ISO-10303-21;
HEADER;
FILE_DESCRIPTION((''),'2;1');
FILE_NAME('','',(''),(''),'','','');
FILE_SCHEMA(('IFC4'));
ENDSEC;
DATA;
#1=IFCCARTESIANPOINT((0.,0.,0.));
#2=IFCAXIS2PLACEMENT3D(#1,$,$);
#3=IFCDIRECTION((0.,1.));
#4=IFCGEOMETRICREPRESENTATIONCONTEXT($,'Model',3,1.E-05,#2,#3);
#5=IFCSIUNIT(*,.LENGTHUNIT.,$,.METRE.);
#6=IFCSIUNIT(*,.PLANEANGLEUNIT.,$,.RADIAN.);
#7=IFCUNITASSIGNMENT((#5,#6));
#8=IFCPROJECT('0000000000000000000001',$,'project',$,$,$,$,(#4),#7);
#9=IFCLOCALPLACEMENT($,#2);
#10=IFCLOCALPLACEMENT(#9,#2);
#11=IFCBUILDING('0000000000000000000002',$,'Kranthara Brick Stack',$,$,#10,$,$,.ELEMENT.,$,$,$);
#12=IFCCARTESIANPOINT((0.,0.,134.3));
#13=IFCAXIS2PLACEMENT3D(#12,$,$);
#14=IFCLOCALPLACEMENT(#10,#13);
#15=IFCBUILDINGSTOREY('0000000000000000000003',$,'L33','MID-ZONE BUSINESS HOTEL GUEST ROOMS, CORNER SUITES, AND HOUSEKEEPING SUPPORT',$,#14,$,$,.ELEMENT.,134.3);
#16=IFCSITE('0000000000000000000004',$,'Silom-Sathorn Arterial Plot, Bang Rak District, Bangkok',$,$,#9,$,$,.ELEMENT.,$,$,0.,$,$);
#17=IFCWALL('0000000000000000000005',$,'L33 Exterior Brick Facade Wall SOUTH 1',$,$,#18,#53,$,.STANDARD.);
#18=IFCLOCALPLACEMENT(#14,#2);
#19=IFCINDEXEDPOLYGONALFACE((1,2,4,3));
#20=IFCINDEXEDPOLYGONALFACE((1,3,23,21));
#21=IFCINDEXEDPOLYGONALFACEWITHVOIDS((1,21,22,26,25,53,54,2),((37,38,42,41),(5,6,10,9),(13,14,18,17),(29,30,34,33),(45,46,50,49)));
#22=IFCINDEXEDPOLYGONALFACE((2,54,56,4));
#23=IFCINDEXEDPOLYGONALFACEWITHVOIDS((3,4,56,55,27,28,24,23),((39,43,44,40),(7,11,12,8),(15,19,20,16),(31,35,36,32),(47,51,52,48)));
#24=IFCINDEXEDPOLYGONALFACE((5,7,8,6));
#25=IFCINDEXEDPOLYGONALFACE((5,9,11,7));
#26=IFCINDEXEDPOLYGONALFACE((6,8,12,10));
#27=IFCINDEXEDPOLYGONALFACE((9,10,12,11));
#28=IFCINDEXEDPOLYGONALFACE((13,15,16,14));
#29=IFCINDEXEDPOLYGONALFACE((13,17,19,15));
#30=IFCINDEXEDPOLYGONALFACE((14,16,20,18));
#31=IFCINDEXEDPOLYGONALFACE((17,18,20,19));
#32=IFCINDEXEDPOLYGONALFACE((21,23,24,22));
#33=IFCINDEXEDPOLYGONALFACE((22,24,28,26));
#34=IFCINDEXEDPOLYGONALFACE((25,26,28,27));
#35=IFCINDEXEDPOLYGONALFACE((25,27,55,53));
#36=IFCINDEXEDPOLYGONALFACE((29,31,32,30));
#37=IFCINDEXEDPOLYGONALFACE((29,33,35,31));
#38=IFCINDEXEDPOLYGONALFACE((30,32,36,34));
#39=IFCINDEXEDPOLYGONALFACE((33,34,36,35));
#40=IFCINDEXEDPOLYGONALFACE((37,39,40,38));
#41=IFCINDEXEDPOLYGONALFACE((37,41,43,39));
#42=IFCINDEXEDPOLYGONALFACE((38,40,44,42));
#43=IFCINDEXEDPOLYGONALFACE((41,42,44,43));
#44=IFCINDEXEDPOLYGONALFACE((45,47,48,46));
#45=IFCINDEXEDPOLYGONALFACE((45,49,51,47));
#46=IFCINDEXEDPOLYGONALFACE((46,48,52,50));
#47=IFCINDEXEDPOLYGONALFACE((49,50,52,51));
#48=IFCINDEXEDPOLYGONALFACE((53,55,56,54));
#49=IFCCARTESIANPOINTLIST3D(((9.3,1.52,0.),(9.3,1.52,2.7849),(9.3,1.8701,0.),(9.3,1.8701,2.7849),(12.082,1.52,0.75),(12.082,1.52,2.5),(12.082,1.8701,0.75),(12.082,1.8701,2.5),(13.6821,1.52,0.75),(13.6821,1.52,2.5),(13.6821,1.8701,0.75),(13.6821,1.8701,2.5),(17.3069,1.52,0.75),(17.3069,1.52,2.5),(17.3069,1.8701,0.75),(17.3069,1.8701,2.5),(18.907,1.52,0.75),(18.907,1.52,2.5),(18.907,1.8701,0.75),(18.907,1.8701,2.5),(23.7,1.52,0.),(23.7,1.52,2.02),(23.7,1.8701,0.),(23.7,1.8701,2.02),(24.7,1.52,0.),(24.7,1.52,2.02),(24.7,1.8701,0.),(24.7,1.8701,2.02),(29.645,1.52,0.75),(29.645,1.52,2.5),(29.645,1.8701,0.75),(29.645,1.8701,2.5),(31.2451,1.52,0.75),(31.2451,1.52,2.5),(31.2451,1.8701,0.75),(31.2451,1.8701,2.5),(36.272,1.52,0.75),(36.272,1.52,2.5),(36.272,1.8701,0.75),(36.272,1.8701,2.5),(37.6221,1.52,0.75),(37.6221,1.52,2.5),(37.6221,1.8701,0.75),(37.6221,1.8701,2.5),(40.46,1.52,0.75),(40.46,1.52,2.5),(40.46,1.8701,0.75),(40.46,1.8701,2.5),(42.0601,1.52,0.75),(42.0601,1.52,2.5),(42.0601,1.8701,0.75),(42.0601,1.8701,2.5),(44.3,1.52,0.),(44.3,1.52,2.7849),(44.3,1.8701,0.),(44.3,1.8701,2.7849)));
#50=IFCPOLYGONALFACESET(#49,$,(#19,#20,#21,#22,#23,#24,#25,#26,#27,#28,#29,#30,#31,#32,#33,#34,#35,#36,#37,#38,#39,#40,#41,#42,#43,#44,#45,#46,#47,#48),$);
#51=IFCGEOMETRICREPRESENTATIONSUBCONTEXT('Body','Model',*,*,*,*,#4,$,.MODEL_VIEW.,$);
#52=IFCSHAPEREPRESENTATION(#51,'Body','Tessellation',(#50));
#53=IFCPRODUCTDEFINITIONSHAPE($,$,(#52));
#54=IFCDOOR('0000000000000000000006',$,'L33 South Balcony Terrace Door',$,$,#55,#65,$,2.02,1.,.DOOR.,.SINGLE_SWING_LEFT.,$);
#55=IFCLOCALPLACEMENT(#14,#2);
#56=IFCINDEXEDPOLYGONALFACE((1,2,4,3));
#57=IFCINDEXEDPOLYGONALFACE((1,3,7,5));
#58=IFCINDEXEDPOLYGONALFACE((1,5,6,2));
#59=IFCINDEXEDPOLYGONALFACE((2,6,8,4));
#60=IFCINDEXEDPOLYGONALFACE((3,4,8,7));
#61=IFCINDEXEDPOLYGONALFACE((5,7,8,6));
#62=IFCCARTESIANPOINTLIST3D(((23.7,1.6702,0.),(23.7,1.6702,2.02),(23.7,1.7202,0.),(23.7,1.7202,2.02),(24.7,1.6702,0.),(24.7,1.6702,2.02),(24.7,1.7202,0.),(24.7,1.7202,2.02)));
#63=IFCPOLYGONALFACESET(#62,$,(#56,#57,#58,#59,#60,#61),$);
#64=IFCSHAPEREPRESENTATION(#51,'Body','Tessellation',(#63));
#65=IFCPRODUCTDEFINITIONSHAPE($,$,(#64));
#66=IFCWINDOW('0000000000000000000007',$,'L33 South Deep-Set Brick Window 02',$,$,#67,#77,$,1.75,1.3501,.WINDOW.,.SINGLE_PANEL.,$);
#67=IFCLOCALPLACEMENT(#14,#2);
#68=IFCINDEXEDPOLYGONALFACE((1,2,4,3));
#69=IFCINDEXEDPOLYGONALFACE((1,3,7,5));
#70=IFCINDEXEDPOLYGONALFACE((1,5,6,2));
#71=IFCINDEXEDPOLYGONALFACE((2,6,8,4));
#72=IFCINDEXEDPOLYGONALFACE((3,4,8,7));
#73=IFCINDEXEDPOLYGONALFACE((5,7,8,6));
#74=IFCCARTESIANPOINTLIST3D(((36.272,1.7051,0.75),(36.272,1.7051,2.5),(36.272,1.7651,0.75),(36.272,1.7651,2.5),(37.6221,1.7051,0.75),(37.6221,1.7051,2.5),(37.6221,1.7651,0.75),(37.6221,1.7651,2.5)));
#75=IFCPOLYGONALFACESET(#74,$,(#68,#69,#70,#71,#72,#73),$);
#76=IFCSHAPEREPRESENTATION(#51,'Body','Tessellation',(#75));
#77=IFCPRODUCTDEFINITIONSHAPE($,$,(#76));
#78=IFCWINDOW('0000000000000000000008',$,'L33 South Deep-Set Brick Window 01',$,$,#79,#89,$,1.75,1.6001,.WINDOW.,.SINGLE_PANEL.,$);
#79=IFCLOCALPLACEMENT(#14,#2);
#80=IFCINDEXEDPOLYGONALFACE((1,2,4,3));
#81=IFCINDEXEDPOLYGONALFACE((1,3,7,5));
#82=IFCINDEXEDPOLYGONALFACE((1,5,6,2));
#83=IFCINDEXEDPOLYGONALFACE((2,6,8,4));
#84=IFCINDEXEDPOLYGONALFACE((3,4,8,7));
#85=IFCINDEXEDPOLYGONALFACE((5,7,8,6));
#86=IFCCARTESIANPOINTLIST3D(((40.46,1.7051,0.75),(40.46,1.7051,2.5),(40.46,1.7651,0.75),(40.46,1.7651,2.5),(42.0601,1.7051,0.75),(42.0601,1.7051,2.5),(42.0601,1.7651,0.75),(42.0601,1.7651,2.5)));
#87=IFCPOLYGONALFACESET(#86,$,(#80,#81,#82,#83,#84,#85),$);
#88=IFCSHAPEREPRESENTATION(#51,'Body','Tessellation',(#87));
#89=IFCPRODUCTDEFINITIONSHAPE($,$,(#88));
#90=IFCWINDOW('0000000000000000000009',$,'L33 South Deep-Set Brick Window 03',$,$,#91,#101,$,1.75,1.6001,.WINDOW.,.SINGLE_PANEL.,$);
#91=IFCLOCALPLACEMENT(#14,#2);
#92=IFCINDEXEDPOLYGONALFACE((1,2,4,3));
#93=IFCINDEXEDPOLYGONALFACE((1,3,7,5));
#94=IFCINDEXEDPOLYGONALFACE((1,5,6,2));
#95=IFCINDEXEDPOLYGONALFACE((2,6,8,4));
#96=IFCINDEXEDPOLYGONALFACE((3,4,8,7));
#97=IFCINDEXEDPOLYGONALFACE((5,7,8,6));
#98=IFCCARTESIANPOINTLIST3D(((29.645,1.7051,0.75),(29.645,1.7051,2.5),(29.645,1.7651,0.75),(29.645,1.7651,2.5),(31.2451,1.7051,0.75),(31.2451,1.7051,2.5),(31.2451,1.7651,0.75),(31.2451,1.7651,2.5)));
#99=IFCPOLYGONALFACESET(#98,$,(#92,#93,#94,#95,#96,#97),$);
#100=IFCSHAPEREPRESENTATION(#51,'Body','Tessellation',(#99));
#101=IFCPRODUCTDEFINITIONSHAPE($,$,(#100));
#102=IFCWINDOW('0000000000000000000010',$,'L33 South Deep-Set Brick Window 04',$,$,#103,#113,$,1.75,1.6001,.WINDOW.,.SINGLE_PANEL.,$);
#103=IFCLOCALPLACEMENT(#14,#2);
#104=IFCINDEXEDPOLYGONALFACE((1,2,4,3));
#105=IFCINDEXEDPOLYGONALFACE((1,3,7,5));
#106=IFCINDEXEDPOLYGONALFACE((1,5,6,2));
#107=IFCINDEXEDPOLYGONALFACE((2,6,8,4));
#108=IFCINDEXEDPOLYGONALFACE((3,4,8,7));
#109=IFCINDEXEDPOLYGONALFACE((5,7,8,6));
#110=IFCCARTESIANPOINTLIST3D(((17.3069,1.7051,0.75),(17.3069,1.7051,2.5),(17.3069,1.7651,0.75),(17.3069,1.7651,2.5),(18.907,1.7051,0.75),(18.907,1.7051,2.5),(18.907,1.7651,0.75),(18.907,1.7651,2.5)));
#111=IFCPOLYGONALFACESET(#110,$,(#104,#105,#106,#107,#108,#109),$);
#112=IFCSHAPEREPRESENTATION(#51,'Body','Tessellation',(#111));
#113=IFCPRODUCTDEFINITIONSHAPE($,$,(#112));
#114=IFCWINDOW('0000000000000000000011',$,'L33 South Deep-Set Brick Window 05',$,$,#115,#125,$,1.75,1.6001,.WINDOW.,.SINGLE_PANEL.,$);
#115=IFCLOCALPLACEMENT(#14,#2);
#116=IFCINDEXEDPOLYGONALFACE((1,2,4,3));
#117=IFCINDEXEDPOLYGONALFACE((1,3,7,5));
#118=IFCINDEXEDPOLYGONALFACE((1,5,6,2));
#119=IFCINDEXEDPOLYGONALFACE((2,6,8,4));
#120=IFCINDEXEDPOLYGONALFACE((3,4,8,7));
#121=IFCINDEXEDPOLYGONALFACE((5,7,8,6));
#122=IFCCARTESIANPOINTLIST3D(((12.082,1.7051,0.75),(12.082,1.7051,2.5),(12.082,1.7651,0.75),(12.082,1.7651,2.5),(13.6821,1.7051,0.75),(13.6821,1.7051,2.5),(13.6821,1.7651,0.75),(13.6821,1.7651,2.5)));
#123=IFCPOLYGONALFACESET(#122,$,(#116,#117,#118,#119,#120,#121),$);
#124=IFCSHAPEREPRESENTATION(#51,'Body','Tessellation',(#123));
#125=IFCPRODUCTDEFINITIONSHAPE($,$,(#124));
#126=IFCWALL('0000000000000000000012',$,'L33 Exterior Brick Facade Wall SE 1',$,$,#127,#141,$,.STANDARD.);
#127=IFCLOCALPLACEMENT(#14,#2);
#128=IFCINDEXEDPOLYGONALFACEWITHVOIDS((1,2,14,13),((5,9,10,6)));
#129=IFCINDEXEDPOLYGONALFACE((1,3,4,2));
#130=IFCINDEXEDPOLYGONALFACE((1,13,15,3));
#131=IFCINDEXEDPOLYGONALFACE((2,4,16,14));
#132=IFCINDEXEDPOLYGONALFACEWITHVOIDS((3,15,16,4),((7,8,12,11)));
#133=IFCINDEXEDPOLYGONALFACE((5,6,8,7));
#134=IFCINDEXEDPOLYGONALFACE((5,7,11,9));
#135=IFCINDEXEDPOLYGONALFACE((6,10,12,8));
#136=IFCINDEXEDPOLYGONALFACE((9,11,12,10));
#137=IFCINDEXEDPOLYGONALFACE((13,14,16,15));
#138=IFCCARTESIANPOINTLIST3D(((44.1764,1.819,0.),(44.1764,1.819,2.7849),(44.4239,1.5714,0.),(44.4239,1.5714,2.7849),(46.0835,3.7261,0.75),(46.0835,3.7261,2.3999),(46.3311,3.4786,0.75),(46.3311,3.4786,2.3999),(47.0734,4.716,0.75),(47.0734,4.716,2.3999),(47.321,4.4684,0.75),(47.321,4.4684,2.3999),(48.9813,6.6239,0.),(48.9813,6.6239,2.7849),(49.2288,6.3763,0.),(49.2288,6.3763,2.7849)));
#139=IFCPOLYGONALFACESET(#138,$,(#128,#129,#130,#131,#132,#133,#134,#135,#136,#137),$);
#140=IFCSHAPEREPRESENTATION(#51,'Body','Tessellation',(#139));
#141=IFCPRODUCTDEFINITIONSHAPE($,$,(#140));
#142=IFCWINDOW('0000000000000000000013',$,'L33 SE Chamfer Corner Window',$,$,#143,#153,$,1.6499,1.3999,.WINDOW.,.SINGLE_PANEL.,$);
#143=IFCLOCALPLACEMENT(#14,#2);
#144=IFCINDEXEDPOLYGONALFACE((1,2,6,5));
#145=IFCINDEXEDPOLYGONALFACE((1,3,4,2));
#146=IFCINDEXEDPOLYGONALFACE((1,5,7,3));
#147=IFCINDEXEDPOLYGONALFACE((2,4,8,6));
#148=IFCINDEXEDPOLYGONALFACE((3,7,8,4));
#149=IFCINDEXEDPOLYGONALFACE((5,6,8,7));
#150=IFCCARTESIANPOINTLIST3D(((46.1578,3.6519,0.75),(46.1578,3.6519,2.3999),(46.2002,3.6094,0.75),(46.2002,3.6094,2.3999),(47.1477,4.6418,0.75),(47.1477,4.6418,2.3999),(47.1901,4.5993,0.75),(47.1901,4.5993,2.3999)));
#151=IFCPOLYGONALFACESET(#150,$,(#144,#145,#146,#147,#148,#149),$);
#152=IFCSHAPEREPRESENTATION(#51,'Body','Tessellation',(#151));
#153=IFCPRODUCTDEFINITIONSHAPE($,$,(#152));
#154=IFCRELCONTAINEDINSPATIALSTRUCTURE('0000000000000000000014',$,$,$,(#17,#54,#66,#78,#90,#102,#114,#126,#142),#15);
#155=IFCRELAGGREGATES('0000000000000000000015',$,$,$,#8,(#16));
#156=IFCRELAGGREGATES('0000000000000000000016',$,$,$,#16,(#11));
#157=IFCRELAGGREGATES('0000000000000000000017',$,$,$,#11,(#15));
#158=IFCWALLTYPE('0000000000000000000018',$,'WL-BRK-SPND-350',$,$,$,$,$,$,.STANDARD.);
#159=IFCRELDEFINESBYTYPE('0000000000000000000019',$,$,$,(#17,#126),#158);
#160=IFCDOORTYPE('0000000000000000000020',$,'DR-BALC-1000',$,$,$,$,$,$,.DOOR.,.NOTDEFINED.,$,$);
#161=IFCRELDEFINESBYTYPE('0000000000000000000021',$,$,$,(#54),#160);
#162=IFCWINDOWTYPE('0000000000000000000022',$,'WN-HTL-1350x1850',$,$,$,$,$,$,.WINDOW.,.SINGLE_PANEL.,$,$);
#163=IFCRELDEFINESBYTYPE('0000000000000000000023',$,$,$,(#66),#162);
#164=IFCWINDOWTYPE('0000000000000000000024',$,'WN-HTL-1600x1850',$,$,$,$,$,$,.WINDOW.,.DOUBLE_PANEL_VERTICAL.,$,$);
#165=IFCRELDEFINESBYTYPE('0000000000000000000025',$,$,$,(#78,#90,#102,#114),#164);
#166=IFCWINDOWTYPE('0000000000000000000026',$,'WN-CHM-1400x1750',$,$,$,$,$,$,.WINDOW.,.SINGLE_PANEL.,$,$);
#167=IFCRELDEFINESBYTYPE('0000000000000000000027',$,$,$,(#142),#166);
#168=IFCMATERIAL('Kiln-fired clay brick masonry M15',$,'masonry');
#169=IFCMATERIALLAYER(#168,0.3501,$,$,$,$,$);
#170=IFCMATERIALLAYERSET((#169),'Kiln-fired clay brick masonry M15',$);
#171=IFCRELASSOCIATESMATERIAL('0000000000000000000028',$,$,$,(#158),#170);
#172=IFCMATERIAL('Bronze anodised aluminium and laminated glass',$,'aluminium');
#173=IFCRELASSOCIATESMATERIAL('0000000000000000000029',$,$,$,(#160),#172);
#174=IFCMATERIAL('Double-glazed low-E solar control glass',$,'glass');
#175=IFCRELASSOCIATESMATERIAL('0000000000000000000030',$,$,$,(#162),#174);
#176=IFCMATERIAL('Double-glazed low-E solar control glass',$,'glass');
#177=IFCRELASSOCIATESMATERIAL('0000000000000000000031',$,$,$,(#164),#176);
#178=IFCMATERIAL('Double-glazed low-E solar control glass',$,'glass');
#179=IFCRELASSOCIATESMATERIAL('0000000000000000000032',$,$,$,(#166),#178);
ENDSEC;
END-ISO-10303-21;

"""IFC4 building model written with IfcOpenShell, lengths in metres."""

from ifc_helpers import new_model, si_unit, direction, frame, frame_2d, origin, place, context, subcontext, project, spatial, rectangle, extrude, material, layer, layer_set, type_object, element, fill, save


model = new_model("IFC4")

# Units and contexts
model_context = context("Model", 3, precision=1e-05, world=origin(), true_north=direction((0.0, 1.0)))
body_context = subcontext(model_context, "Body", "Model", "MODEL_VIEW")
ifc_project = project(units=[si_unit("LENGTHUNIT", "METRE"), si_unit("PLANEANGLEUNIT", "RADIAN")], contexts=[model_context])

# Site, building, storey
site_placement = place(None, origin())
site = spatial("IfcSite", under=ifc_project, at=site_placement, Name="Silom-Sathorn Arterial Plot, Bang Rak District, Bangkok", CompositionType="ELEMENT", RefElevation=0.0)
building_placement = place(site_placement, origin())
building = spatial("IfcBuilding", under=site, at=building_placement, Name="Kranthara Brick Stack", CompositionType="ELEMENT")
storey_placement = place(building_placement, frame((0.0, 0.0, 134.3)))
storey = spatial("IfcBuildingStorey", under=building, at=storey_placement, Name="L33", Description="MID-ZONE BUSINESS HOTEL GUEST ROOMS, CORNER SUITES, AND HOUSEKEEPING SUPPORT", CompositionType="ELEMENT", Elevation=134.3)

# Wall, openings, door, windows
ifc_material_1 = material(Name="Kiln-fired clay brick masonry M15", Category="masonry")
ifc_layer_1 = layer(ifc_material_1, 0.3501)
ifc_layer_set_1 = layer_set([ifc_layer_1], Name="Kiln-fired clay brick masonry M15")
wall_type_1 = type_object("IfcWallType", Name="WL-BRK-SPND-350", PredefinedType="STANDARD", material=ifc_layer_set_1)
wall_1_placement = place(storey_placement, frame((44.3, 1.6951, 0.0), z_axis=(0.0, 0.0, 1.0), x_axis=(-1.0, 0.0, 0.0)))
wall_1 = element("IfcWall", 1, at=wall_1_placement, inside=storey, type_object=wall_type_1, Name="L33 Exterior Brick Facade Wall SOUTH 1", PredefinedType="STANDARD", context=body_context, shape_type="SweptSolid", body=[
    extrude(rectangle(XDim=35.0, YDim=0.3501, at=frame_2d((17.5, 0.0))), origin(), (0.0, 0.0, 1.0), 2.7849),
])
opening_1_placement = place(wall_1_placement, frame((19.6001, 0.0, 0.0)))
opening_1 = element("IfcOpeningElement", 2, at=opening_1_placement, cuts=wall_1, PredefinedType="OPENING", context=body_context, shape_type="SweptSolid", body=[
    extrude(rectangle(XDim=1.0, YDim=2.02, at=frame_2d((0.5, 1.01))), frame((0.0, 0.1851, 0.0), z_axis=(0.0, -1.0, 0.0), x_axis=(1.0, 0.0, 0.0)), (0.0, 0.0, 1.0), 0.3701),
])
opening_2_placement = place(wall_1_placement, frame((2.24, 0.0, 0.75)))
opening_2 = element("IfcOpeningElement", 3, at=opening_2_placement, cuts=wall_1, PredefinedType="OPENING", context=body_context, shape_type="SweptSolid", body=[
    extrude(rectangle(XDim=1.6001, YDim=1.75, at=frame_2d((0.8, 0.875))), frame((0.0, 0.1851, 0.0), z_axis=(0.0, -1.0, 0.0), x_axis=(1.0, 0.0, 0.0)), (0.0, 0.0, 1.0), 0.3701),
])
opening_3_placement = place(wall_1_placement, frame((6.678, 0.0, 0.75)))
opening_3 = element("IfcOpeningElement", 4, at=opening_3_placement, cuts=wall_1, PredefinedType="OPENING", context=body_context, shape_type="SweptSolid", body=[
    extrude(rectangle(XDim=1.3501, YDim=1.75, at=frame_2d((0.675, 0.875))), frame((0.0, 0.1851, 0.0), z_axis=(0.0, -1.0, 0.0), x_axis=(1.0, 0.0, 0.0)), (0.0, 0.0, 1.0), 0.3701),
])
opening_4_placement = place(wall_1_placement, frame((13.0549, 0.0, 0.75)))
opening_4 = element("IfcOpeningElement", 5, at=opening_4_placement, cuts=wall_1, PredefinedType="OPENING", context=body_context, shape_type="SweptSolid", body=[
    extrude(rectangle(XDim=1.6001, YDim=1.75, at=frame_2d((0.8, 0.875))), frame((0.0, 0.1851, 0.0), z_axis=(0.0, -1.0, 0.0), x_axis=(1.0, 0.0, 0.0)), (0.0, 0.0, 1.0), 0.3701),
])
opening_5_placement = place(wall_1_placement, frame((25.3931, 0.0, 0.75)))
opening_5 = element("IfcOpeningElement", 6, at=opening_5_placement, cuts=wall_1, PredefinedType="OPENING", context=body_context, shape_type="SweptSolid", body=[
    extrude(rectangle(XDim=1.6001, YDim=1.75, at=frame_2d((0.8, 0.875))), frame((0.0, 0.1851, 0.0), z_axis=(0.0, -1.0, 0.0), x_axis=(1.0, 0.0, 0.0)), (0.0, 0.0, 1.0), 0.3701),
])
opening_6_placement = place(wall_1_placement, frame((30.6179, 0.0, 0.75)))
opening_6 = element("IfcOpeningElement", 7, at=opening_6_placement, cuts=wall_1, PredefinedType="OPENING", context=body_context, shape_type="SweptSolid", body=[
    extrude(rectangle(XDim=1.6001, YDim=1.75, at=frame_2d((0.8, 0.875))), frame((0.0, 0.1851, 0.0), z_axis=(0.0, -1.0, 0.0), x_axis=(1.0, 0.0, 0.0)), (0.0, 0.0, 1.0), 0.3701),
])
ifc_material_2 = material(Name="Bronze anodised aluminium and laminated glass", Category="aluminium")
door_type_1 = type_object("IfcDoorType", Name="DR-BALC-1000", OperationType="NOTDEFINED", PredefinedType="DOOR", material=ifc_material_2)
door_1_placement = place(opening_1_placement, origin())
door_1 = element("IfcDoor", 8, at=door_1_placement, inside=storey, type_object=door_type_1, Name="L33 South Balcony Terrace Door", OperationType="SINGLE_SWING_LEFT", OverallHeight=2.02, OverallWidth=1.0, PredefinedType="DOOR", context=body_context, shape_type="SweptSolid", body=[
    extrude(rectangle(XDim=1.0, YDim=2.02, at=frame_2d((0.5, 1.01))), frame((0.0, 0.0249, 0.0), z_axis=(0.0, -1.0, 0.0), x_axis=(1.0, 0.0, 0.0)), (0.0, 0.0, 1.0), 0.05),
])
fill(opening_1, door_1)
ifc_material_3 = material(Name="Double-glazed low-E solar control glass", Category="glass")
window_type_1 = type_object("IfcWindowType", Name="WN-HTL-1350x1850", PartitioningType="SINGLE_PANEL", PredefinedType="WINDOW", material=ifc_material_3)
window_1_placement = place(opening_3_placement, origin())
window_1 = element("IfcWindow", 9, at=window_1_placement, inside=storey, type_object=window_type_1, Name="L33 South Deep-Set Brick Window 02", OverallHeight=1.75, OverallWidth=1.3501, PartitioningType="SINGLE_PANEL", PredefinedType="WINDOW", context=body_context, shape_type="SweptSolid", body=[
    extrude(rectangle(XDim=1.3501, YDim=1.75, at=frame_2d((0.675, 0.875))), frame((0.0, -0.01, 0.0), z_axis=(0.0, -1.0, 0.0), x_axis=(1.0, 0.0, 0.0)), (0.0, 0.0, 1.0), 0.0601),
])
fill(opening_3, window_1)
ifc_material_4 = material(Name="Double-glazed low-E solar control glass", Category="glass")
window_type_2 = type_object("IfcWindowType", Name="WN-HTL-1600x1850", PartitioningType="DOUBLE_PANEL_VERTICAL", PredefinedType="WINDOW", material=ifc_material_4)
window_2_placement = place(opening_2_placement, origin())
window_2 = element("IfcWindow", 10, at=window_2_placement, inside=storey, type_object=window_type_2, Name="L33 South Deep-Set Brick Window 01", OverallHeight=1.75, OverallWidth=1.6001, PartitioningType="SINGLE_PANEL", PredefinedType="WINDOW", context=body_context, shape_type="SweptSolid", body=[
    extrude(rectangle(XDim=1.6001, YDim=1.75, at=frame_2d((0.8, 0.875))), frame((0.0, -0.01, 0.0), z_axis=(0.0, -1.0, 0.0), x_axis=(1.0, 0.0, 0.0)), (0.0, 0.0, 1.0), 0.0601),
])
fill(opening_2, window_2)
window_3_placement = place(opening_4_placement, origin())
window_3 = element("IfcWindow", 11, at=window_3_placement, inside=storey, type_object=window_type_2, Name="L33 South Deep-Set Brick Window 03", OverallHeight=1.75, OverallWidth=1.6001, PartitioningType="SINGLE_PANEL", PredefinedType="WINDOW", context=body_context, shape_type="SweptSolid", body=[
    extrude(rectangle(XDim=1.6001, YDim=1.75, at=frame_2d((0.8, 0.875))), frame((0.0, -0.01, 0.0), z_axis=(0.0, -1.0, 0.0), x_axis=(1.0, 0.0, 0.0)), (0.0, 0.0, 1.0), 0.0601),
])
fill(opening_4, window_3)
window_4_placement = place(opening_5_placement, origin())
window_4 = element("IfcWindow", 12, at=window_4_placement, inside=storey, type_object=window_type_2, Name="L33 South Deep-Set Brick Window 04", OverallHeight=1.75, OverallWidth=1.6001, PartitioningType="SINGLE_PANEL", PredefinedType="WINDOW", context=body_context, shape_type="SweptSolid", body=[
    extrude(rectangle(XDim=1.6001, YDim=1.75, at=frame_2d((0.8, 0.875))), frame((0.0, -0.01, 0.0), z_axis=(0.0, -1.0, 0.0), x_axis=(1.0, 0.0, 0.0)), (0.0, 0.0, 1.0), 0.0601),
])
fill(opening_5, window_4)
window_5_placement = place(opening_6_placement, origin())
window_5 = element("IfcWindow", 13, at=window_5_placement, inside=storey, type_object=window_type_2, Name="L33 South Deep-Set Brick Window 05", OverallHeight=1.75, OverallWidth=1.6001, PartitioningType="SINGLE_PANEL", PredefinedType="WINDOW", context=body_context, shape_type="SweptSolid", body=[
    extrude(rectangle(XDim=1.6001, YDim=1.75, at=frame_2d((0.8, 0.875))), frame((0.0, -0.01, 0.0), z_axis=(0.0, -1.0, 0.0), x_axis=(1.0, 0.0, 0.0)), (0.0, 0.0, 1.0), 0.0601),
])
fill(opening_6, window_5)

# Wall, opening, window
wall_2_placement = place(storey_placement, frame((49.105, 6.5, 0.0), z_axis=(0.0, 0.0, 1.0), x_axis=(-0.707107, -0.707107, 0.0)))
wall_2 = element("IfcWall", 14, at=wall_2_placement, inside=storey, type_object=wall_type_1, Name="L33 Exterior Brick Facade Wall SE 1", PredefinedType="STANDARD", context=body_context, shape_type="SweptSolid", body=[
    extrude(rectangle(XDim=6.7952, YDim=0.3501, at=frame_2d((3.3975, 0.0))), origin(), (0.0, 0.0, 1.0), 2.7849),
])
opening_7_placement = place(wall_2_placement, frame((2.698, 0.0, 0.75)))
opening_7 = element("IfcOpeningElement", 15, at=opening_7_placement, cuts=wall_2, PredefinedType="OPENING", context=body_context, shape_type="SweptSolid", body=[
    extrude(rectangle(XDim=1.3999, YDim=1.6499, at=frame_2d((0.7, 0.825))), frame((0.0, 0.1851, 0.0), z_axis=(0.0, -1.0, 0.0), x_axis=(1.0, 0.0, 0.0)), (0.0, 0.0, 1.0), 0.3701),
])
ifc_material_5 = material(Name="Double-glazed low-E solar control glass", Category="glass")
window_type_3 = type_object("IfcWindowType", Name="WN-CHM-1400x1750", PartitioningType="SINGLE_PANEL", PredefinedType="WINDOW", material=ifc_material_5)
window_6_placement = place(opening_7_placement, origin())
window_6 = element("IfcWindow", 16, at=window_6_placement, inside=storey, type_object=window_type_3, Name="L33 SE Chamfer Corner Window", OverallHeight=1.6499, OverallWidth=1.3999, PartitioningType="SINGLE_PANEL", PredefinedType="WINDOW", context=body_context, shape_type="SweptSolid", body=[
    extrude(rectangle(XDim=1.3999, YDim=1.6499, at=frame_2d((0.7, 0.825))), frame((0.0, -0.01, 0.0), z_axis=(0.0, -1.0, 0.0), x_axis=(1.0, 0.0, 0.0)), (0.0, 0.0, 1.0), 0.0601),
])
fill(opening_7, window_6)

save(model, "model.ifc")
